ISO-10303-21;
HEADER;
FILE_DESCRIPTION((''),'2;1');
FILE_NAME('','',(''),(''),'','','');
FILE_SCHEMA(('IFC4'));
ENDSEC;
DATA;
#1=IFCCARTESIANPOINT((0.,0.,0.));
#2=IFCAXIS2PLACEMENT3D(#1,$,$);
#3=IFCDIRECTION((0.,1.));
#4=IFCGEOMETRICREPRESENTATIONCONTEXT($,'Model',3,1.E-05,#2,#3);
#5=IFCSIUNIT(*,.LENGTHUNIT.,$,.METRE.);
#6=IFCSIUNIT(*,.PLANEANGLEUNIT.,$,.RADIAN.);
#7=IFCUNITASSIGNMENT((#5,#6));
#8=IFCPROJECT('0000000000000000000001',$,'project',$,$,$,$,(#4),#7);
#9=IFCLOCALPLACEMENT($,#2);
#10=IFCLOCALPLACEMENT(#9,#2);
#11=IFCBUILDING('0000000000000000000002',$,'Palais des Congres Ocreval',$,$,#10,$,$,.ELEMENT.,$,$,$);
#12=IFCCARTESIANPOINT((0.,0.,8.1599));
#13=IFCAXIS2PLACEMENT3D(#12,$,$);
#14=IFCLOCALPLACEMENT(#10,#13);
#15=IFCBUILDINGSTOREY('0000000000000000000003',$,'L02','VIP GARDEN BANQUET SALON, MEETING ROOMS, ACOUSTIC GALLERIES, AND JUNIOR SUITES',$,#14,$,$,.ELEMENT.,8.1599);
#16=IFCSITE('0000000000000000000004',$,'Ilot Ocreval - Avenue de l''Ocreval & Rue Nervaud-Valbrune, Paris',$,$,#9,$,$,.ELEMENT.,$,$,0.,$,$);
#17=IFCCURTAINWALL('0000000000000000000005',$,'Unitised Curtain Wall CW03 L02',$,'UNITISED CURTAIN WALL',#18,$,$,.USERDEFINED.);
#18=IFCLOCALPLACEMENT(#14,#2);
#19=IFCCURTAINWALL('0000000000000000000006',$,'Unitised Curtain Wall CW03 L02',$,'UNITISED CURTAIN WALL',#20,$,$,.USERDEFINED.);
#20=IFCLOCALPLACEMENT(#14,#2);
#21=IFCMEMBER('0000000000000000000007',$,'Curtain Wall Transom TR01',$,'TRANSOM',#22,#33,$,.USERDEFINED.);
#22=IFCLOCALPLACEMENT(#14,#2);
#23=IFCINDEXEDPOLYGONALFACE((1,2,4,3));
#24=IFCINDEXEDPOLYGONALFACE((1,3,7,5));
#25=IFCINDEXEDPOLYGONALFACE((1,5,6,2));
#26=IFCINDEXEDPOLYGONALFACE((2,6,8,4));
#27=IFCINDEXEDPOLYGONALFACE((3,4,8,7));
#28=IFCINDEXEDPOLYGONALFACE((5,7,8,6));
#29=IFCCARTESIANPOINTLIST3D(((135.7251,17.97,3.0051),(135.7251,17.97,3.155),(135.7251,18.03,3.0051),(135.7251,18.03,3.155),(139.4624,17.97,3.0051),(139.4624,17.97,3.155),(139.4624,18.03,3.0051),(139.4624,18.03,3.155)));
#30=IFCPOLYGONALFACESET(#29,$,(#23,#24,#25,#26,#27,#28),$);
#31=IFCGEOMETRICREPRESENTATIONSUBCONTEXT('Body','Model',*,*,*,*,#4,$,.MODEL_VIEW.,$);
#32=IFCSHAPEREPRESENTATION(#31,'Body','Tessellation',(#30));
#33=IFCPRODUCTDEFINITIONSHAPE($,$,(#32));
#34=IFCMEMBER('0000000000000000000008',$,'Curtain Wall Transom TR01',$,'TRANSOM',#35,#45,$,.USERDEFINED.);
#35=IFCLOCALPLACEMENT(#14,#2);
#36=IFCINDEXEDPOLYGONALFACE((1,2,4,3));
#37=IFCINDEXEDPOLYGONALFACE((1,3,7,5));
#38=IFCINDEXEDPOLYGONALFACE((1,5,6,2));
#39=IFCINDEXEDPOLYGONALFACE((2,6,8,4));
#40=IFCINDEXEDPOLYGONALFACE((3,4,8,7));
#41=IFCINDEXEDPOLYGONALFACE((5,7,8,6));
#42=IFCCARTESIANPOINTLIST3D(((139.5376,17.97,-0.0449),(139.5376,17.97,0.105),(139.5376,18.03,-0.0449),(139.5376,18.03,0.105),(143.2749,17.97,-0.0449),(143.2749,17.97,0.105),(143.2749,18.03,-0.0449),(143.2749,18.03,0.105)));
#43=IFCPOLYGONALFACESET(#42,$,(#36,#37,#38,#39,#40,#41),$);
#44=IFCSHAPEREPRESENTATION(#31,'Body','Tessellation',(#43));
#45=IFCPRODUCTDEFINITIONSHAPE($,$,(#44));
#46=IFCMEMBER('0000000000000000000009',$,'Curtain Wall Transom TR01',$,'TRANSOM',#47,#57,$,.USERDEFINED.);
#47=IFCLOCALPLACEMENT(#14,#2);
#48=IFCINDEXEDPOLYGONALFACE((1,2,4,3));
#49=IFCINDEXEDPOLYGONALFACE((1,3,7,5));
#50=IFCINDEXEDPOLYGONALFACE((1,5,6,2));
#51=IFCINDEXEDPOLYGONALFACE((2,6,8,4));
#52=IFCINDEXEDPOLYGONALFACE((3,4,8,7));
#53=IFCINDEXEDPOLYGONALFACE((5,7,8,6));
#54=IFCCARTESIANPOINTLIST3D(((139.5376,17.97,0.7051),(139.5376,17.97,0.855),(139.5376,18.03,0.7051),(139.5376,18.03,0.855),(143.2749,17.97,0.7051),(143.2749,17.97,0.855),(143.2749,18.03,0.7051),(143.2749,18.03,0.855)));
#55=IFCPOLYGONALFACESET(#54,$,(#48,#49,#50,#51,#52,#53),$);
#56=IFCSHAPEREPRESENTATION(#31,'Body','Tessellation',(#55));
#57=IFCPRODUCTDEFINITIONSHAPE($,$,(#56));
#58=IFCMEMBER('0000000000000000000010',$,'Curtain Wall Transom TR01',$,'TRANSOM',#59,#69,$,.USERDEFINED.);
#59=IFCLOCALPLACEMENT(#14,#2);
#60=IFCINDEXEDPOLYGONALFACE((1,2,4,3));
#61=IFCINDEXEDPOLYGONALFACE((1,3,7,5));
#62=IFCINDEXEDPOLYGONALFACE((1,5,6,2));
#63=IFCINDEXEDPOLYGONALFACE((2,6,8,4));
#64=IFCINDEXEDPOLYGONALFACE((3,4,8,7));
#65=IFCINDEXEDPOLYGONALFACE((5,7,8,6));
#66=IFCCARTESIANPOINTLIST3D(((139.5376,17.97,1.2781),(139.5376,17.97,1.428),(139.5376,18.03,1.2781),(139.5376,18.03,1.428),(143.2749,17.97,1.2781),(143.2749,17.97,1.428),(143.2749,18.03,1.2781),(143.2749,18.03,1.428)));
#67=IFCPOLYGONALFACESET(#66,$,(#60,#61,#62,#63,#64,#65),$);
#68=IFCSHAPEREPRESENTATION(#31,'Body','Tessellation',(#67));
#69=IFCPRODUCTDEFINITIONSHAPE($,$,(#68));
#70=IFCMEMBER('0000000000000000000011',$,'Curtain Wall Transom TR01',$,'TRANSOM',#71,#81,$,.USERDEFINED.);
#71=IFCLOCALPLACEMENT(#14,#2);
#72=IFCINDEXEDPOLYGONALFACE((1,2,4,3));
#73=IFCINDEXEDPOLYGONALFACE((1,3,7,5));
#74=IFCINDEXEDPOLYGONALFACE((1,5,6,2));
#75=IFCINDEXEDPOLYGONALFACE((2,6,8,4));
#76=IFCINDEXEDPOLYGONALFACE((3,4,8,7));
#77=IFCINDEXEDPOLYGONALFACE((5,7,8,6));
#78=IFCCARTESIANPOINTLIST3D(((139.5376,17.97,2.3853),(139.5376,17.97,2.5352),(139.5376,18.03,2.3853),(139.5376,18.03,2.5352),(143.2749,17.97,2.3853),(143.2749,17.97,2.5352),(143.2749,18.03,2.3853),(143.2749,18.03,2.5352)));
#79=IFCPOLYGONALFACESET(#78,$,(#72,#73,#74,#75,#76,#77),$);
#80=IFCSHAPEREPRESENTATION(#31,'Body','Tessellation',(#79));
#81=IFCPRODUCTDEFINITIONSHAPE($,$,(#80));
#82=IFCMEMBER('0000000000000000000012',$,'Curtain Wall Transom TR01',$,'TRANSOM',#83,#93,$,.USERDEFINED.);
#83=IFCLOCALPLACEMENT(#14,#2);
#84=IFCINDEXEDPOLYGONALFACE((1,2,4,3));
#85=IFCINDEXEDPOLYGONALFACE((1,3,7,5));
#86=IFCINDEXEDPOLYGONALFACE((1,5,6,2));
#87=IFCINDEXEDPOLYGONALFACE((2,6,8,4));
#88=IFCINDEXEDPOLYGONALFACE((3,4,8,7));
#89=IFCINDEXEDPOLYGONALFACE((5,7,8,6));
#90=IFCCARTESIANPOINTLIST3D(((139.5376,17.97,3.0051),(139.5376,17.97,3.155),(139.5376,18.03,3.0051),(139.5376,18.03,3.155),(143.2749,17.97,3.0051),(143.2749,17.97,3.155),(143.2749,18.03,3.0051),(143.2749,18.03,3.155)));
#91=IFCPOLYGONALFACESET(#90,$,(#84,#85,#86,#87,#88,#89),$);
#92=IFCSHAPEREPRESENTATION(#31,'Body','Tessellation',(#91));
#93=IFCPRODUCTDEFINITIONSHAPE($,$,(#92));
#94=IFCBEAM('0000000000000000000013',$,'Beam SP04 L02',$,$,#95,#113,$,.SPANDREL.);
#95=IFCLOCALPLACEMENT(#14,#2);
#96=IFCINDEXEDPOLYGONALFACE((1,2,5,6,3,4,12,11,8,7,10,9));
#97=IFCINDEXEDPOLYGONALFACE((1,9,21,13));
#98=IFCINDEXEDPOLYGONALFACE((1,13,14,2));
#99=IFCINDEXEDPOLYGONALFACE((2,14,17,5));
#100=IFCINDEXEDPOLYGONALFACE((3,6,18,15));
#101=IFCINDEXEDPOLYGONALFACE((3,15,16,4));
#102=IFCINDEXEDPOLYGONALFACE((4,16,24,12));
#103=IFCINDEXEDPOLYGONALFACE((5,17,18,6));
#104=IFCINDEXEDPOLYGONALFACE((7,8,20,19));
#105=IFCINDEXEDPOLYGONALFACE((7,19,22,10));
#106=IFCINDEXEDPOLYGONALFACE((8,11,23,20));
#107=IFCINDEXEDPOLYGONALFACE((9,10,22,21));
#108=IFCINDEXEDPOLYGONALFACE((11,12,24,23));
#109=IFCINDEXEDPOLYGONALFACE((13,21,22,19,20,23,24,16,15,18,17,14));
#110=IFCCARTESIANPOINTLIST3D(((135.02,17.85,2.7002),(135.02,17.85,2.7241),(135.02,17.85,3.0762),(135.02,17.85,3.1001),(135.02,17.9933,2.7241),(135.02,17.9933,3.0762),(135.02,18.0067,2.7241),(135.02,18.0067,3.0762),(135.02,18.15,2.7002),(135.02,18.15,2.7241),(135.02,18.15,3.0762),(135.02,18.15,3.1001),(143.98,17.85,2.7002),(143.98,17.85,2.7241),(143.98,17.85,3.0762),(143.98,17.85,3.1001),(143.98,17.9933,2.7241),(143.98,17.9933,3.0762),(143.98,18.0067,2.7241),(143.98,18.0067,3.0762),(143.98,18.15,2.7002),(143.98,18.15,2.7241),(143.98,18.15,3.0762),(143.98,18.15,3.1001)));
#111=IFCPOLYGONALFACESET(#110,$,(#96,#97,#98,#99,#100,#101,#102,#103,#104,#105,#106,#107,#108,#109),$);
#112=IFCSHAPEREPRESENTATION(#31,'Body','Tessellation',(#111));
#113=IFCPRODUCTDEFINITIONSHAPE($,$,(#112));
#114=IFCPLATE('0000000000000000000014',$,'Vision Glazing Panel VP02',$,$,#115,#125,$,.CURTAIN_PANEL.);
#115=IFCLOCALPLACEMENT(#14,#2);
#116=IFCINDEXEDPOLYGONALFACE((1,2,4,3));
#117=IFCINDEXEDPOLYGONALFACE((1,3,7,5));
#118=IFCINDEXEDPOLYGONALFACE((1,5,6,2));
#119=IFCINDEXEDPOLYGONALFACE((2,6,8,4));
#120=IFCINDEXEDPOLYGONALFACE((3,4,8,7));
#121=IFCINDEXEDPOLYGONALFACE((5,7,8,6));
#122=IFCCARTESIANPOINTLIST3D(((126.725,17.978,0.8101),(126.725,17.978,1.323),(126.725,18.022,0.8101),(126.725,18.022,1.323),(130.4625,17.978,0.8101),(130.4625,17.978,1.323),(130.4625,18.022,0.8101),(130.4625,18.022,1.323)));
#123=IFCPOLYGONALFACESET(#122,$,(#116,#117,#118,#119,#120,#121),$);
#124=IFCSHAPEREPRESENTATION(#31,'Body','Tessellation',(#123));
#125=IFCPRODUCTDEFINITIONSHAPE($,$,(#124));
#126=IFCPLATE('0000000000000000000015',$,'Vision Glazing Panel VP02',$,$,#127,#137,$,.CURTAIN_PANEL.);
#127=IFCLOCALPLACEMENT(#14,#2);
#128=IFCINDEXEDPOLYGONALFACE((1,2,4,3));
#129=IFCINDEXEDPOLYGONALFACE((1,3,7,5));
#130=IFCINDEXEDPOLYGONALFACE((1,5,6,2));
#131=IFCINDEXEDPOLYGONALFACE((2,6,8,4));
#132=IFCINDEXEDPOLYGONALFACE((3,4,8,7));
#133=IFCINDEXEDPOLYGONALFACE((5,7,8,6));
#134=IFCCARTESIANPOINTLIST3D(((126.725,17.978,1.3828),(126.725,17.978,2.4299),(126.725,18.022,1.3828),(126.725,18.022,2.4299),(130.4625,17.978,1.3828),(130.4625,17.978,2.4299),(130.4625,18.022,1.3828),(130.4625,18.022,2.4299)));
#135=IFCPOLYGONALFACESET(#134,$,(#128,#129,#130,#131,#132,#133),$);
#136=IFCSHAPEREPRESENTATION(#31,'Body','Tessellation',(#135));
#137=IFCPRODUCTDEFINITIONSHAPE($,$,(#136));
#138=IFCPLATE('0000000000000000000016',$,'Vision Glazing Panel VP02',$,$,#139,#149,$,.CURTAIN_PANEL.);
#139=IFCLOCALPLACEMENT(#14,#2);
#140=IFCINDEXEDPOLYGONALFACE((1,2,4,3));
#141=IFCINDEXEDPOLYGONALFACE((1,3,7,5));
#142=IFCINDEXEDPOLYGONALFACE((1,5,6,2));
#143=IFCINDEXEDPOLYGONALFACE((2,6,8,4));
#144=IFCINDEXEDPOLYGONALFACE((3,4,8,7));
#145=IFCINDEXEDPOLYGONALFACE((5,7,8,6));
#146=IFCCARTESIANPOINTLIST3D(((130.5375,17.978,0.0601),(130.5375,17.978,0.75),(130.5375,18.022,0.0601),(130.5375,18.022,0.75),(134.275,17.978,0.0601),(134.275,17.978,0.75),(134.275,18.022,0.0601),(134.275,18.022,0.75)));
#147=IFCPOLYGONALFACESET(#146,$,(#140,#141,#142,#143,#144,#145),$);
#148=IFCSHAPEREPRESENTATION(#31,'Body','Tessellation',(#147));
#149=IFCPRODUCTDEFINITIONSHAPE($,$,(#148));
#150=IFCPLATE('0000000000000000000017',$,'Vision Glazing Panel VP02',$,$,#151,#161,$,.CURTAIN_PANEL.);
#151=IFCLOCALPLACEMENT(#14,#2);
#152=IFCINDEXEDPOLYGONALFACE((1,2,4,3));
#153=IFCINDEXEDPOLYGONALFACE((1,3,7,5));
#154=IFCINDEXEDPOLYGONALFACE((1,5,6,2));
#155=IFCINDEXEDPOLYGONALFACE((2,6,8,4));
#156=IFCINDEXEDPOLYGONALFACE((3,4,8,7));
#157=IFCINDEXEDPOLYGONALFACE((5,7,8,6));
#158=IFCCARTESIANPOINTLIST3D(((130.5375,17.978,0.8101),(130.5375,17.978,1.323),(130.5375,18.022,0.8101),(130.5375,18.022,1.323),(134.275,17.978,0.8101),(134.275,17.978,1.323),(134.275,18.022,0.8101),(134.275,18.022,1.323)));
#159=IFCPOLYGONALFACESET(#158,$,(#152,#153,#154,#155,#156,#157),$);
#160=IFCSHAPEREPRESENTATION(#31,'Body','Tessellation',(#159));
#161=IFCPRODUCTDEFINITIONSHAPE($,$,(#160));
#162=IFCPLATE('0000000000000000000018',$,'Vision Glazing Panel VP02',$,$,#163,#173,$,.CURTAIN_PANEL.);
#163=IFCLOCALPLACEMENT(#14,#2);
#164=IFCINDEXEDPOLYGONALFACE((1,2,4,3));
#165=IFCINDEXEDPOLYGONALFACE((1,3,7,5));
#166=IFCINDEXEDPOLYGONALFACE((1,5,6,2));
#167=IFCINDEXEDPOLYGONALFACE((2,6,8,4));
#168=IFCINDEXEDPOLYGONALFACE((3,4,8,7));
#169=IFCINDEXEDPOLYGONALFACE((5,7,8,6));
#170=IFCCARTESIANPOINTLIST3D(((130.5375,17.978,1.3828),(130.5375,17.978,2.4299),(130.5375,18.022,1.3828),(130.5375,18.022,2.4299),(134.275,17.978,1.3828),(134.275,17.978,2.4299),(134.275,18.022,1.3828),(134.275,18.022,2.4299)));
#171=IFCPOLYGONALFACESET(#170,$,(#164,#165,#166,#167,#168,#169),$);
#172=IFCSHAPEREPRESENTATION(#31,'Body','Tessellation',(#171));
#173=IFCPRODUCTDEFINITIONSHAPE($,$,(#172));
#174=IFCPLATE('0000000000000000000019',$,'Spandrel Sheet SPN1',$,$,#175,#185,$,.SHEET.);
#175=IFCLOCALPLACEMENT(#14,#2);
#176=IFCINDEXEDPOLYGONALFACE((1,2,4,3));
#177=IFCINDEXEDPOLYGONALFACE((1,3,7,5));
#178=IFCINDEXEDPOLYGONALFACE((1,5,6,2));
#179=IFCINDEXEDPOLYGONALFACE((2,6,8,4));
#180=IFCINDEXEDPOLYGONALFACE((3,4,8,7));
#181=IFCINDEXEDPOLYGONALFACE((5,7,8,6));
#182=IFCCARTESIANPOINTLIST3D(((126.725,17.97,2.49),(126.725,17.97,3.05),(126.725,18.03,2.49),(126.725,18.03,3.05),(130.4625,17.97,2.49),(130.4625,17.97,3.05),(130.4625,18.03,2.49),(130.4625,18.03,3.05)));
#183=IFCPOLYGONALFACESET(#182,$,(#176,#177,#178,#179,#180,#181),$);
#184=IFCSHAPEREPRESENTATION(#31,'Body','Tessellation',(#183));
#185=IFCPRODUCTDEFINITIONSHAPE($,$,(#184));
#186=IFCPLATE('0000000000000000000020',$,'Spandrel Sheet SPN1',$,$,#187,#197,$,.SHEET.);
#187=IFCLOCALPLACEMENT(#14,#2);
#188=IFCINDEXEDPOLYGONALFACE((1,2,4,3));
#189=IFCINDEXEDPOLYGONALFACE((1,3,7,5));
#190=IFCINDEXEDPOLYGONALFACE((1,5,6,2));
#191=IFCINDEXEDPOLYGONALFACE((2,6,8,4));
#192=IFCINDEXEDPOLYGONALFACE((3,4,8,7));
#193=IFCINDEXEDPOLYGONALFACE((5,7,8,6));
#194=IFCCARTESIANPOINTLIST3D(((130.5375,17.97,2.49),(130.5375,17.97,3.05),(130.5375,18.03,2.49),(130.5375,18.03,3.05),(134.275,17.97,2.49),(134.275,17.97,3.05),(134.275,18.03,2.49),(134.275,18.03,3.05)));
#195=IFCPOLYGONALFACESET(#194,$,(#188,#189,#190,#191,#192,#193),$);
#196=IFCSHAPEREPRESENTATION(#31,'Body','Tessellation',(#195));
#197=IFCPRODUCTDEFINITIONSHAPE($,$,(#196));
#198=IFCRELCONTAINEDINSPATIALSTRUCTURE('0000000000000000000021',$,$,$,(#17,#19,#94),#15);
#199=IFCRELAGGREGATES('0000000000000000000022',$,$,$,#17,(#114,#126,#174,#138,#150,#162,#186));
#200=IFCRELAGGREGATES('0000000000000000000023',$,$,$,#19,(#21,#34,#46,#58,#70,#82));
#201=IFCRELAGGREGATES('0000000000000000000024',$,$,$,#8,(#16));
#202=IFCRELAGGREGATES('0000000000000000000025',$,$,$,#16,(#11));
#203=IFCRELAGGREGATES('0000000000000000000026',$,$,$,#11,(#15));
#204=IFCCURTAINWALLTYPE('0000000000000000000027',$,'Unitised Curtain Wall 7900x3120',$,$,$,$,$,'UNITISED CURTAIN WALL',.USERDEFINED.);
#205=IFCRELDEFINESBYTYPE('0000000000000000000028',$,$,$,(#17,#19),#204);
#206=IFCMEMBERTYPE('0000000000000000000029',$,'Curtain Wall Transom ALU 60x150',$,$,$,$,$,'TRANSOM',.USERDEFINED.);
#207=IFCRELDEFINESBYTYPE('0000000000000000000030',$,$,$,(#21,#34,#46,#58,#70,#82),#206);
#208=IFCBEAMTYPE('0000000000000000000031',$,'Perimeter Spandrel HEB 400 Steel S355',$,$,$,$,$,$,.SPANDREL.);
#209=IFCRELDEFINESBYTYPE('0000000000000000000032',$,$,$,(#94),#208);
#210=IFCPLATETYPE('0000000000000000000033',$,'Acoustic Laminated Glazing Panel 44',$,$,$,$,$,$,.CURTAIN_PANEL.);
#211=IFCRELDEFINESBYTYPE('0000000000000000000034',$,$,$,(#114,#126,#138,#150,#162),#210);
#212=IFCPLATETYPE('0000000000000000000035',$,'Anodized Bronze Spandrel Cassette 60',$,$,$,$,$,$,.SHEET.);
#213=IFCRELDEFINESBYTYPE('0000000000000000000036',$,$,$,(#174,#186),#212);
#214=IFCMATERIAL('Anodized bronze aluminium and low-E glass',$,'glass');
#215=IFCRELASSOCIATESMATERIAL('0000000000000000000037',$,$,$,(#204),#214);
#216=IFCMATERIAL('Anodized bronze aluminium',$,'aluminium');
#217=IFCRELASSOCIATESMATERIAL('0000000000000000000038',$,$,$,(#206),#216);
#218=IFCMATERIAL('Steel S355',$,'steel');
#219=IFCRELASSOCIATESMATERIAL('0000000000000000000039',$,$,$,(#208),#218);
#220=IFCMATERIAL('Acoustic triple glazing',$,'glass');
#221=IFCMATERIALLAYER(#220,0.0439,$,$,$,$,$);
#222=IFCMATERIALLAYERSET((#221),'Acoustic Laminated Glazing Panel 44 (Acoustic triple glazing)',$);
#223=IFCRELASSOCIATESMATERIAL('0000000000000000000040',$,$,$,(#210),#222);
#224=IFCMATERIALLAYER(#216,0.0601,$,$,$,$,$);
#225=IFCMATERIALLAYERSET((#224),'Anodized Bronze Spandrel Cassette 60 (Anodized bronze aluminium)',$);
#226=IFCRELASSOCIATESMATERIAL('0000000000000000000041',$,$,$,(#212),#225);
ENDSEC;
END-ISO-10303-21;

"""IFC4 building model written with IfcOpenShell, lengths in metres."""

from ifc_helpers import new_model, si_unit, direction, frame, origin, origin_2d, place, context, subcontext, project, spatial, rectangle, i_section, extrude, material, layer, layer_set, material_profile, profile_set, type_object, element, aggregate, save


model = new_model("IFC4")

# Units and contexts
model_context = context("Model", 3, precision=1e-05, world=origin(), true_north=direction((0.0, 1.0)))
body_context = subcontext(model_context, "Body", "Model", "MODEL_VIEW")
ifc_project = project(units=[si_unit("LENGTHUNIT", "METRE"), si_unit("PLANEANGLEUNIT", "RADIAN")], contexts=[model_context])

# Site, building, storey
site_placement = place(None, origin())
site = spatial("IfcSite", under=ifc_project, at=site_placement, Name="Ilot Ocreval - Avenue de l'Ocreval & Rue Nervaud-Valbrune, Paris", CompositionType="ELEMENT", RefElevation=0.0)
building_placement = place(site_placement, origin())
building = spatial("IfcBuilding", under=site, at=building_placement, Name="Palais des Congres Ocreval", CompositionType="ELEMENT")
storey_placement = place(building_placement, frame((0.0, 0.0, 8.1599)))
storey = spatial("IfcBuildingStorey", under=building, at=storey_placement, Name="L02", Description="VIP GARDEN BANQUET SALON, MEETING ROOMS, ACOUSTIC GALLERIES, AND JUNIOR SUITES", CompositionType="ELEMENT", Elevation=8.1599)

# Shared definitions
ifc_material_1 = material(Name="Steel S355", Category="steel")

# Curtain walls
ifc_material_2 = material(Name="Anodized bronze aluminium and low-E glass", Category="glass")
curtain_wall_type = type_object("IfcCurtainWallType", Name="Unitised Curtain Wall 7900x3120", ElementType="UNITISED CURTAIN WALL", PredefinedType="USERDEFINED", material=ifc_material_2)
curtain_wall_1_placement = place(storey_placement, origin())
curtain_wall_1 = element("IfcCurtainWall", 1, at=curtain_wall_1_placement, inside=storey, type_object=curtain_wall_type, Name="Unitised Curtain Wall CW03 L02", ObjectType="UNITISED CURTAIN WALL", PredefinedType="USERDEFINED")
ifc_material_3 = material(Name="Anodized bronze aluminium", Category="aluminium")
curtain_wall_2_placement = place(storey_placement, origin())
curtain_wall_2 = element("IfcCurtainWall", 2, at=curtain_wall_2_placement, inside=storey, type_object=curtain_wall_type, Name="Unitised Curtain Wall CW03 L02", ObjectType="UNITISED CURTAIN WALL", PredefinedType="USERDEFINED")

# Members
ifc_material_profile_1 = material_profile(ifc_material_3, rectangle(XDim=0.0601, YDim=0.1499, at=origin_2d()), Name="ALU 60x150")
ifc_profile_set_1 = profile_set([ifc_material_profile_1], Name="Anodized bronze aluminium")
member_type_1 = type_object("IfcMemberType", Name="Curtain Wall Transom ALU 60x150", ElementType="TRANSOM", PredefinedType="USERDEFINED", material=ifc_profile_set_1)
member_1_placement = place(storey_placement, frame((135.7251, 18.0, 3.0801), z_axis=(1.0, 0.0, 0.0), x_axis=(0.0, 1.0, 0.0)))
member_1 = element("IfcMember", 3, at=member_1_placement, type_object=member_type_1, Name="Curtain Wall Transom TR01", ObjectType="TRANSOM", PredefinedType="USERDEFINED", context=body_context, shape_type="SweptSolid", body=[
    extrude(rectangle(XDim=0.0601, YDim=0.1499, at=origin_2d()), origin(), (0.0, 0.0, 1.0), 3.7373),
])
member_2_placement = place(storey_placement, frame((139.5376, 18.0, 0.03), z_axis=(1.0, 0.0, 0.0), x_axis=(0.0, 1.0, 0.0)))
member_2 = element("IfcMember", 4, at=member_2_placement, type_object=member_type_1, Name="Curtain Wall Transom TR01", ObjectType="TRANSOM", PredefinedType="USERDEFINED", context=body_context, shape_type="SweptSolid", body=[
    extrude(rectangle(XDim=0.0601, YDim=0.1499, at=origin_2d()), origin(), (0.0, 0.0, 1.0), 3.7373),
])
member_3_placement = place(storey_placement, frame((139.5376, 18.0, 0.78), z_axis=(1.0, 0.0, 0.0), x_axis=(0.0, 1.0, 0.0)))
member_3 = element("IfcMember", 5, at=member_3_placement, type_object=member_type_1, Name="Curtain Wall Transom TR01", ObjectType="TRANSOM", PredefinedType="USERDEFINED", context=body_context, shape_type="SweptSolid", body=[
    extrude(rectangle(XDim=0.0601, YDim=0.1499, at=origin_2d()), origin(), (0.0, 0.0, 1.0), 3.7373),
])
member_4_placement = place(storey_placement, frame((139.5376, 18.0, 1.353), z_axis=(1.0, 0.0, 0.0), x_axis=(0.0, 1.0, 0.0)))
member_4 = element("IfcMember", 6, at=member_4_placement, type_object=member_type_1, Name="Curtain Wall Transom TR01", ObjectType="TRANSOM", PredefinedType="USERDEFINED", context=body_context, shape_type="SweptSolid", body=[
    extrude(rectangle(XDim=0.0601, YDim=0.1499, at=origin_2d()), origin(), (0.0, 0.0, 1.0), 3.7373),
])
member_5_placement = place(storey_placement, frame((139.5376, 18.0, 2.4602), z_axis=(1.0, 0.0, 0.0), x_axis=(0.0, 1.0, 0.0)))
member_5 = element("IfcMember", 7, at=member_5_placement, type_object=member_type_1, Name="Curtain Wall Transom TR01", ObjectType="TRANSOM", PredefinedType="USERDEFINED", context=body_context, shape_type="SweptSolid", body=[
    extrude(rectangle(XDim=0.0601, YDim=0.1499, at=origin_2d()), origin(), (0.0, 0.0, 1.0), 3.7373),
])
member_6_placement = place(storey_placement, frame((139.5376, 18.0, 3.0801), z_axis=(1.0, 0.0, 0.0), x_axis=(0.0, 1.0, 0.0)))
member_6 = element("IfcMember", 8, at=member_6_placement, type_object=member_type_1, Name="Curtain Wall Transom TR01", ObjectType="TRANSOM", PredefinedType="USERDEFINED", context=body_context, shape_type="SweptSolid", body=[
    extrude(rectangle(XDim=0.0601, YDim=0.1499, at=origin_2d()), origin(), (0.0, 0.0, 1.0), 3.7373),
])

# Beam
ifc_material_profile_2 = material_profile(ifc_material_1, i_section(OverallWidth=0.3, OverallDepth=0.3999, WebThickness=0.0134, FlangeThickness=0.0239, at=origin_2d()), Name="HEB 400")
ifc_profile_set_2 = profile_set([ifc_material_profile_2], Name="Steel S355")
beam_type = type_object("IfcBeamType", Name="Perimeter Spandrel HEB 400 Steel S355", PredefinedType="SPANDREL", material=ifc_profile_set_2)
beam_placement = place(storey_placement, frame((135.02, 18.0, 2.9001), z_axis=(1.0, 0.0, 0.0), x_axis=(0.0, 1.0, 0.0)))
element("IfcBeam", 9, at=beam_placement, inside=storey, type_object=beam_type, Name="Beam SP04 L02", PredefinedType="SPANDREL", context=body_context, shape_type="SweptSolid", body=[
    extrude(i_section(OverallWidth=0.3, OverallDepth=0.3999, WebThickness=0.0134, FlangeThickness=0.0239, at=origin_2d()), origin(), (0.0, 0.0, 1.0), 8.96),
])

# Plates
ifc_material_4 = material(Name="Acoustic triple glazing", Category="glass")
ifc_layer_1 = layer(ifc_material_4, 0.0439)
ifc_layer_set_1 = layer_set([ifc_layer_1], Name="Acoustic Laminated Glazing Panel 44 (Acoustic triple glazing)")
plate_type_1 = type_object("IfcPlateType", Name="Acoustic Laminated Glazing Panel 44", PredefinedType="CURTAIN_PANEL", material=ifc_layer_set_1)
plate_1_placement = place(storey_placement, frame((128.5938, 18.0, 0.8101), z_axis=(0.0, 0.0, 1.0), x_axis=(1.0, 0.0, 0.0)))
plate_1 = element("IfcPlate", 10, at=plate_1_placement, type_object=plate_type_1, Name="Vision Glazing Panel VP02", PredefinedType="CURTAIN_PANEL", context=body_context, shape_type="SweptSolid", body=[
    extrude(rectangle(XDim=3.7375, YDim=0.0439, at=origin_2d()), origin(), (0.0, 0.0, 1.0), 0.5129),
])
plate_2_placement = place(storey_placement, frame((128.5938, 18.0, 1.3828), z_axis=(0.0, 0.0, 1.0), x_axis=(1.0, 0.0, 0.0)))
plate_2 = element("IfcPlate", 11, at=plate_2_placement, type_object=plate_type_1, Name="Vision Glazing Panel VP02", PredefinedType="CURTAIN_PANEL", context=body_context, shape_type="SweptSolid", body=[
    extrude(rectangle(XDim=3.7375, YDim=0.0439, at=origin_2d()), origin(), (0.0, 0.0, 1.0), 1.0471),
])
plate_3_placement = place(storey_placement, frame((132.4062, 18.0, 0.0601), z_axis=(0.0, 0.0, 1.0), x_axis=(1.0, 0.0, 0.0)))
plate_3 = element("IfcPlate", 12, at=plate_3_placement, type_object=plate_type_1, Name="Vision Glazing Panel VP02", PredefinedType="CURTAIN_PANEL", context=body_context, shape_type="SweptSolid", body=[
    extrude(rectangle(XDim=3.7375, YDim=0.0439, at=origin_2d()), origin(), (0.0, 0.0, 1.0), 0.6899),
])
plate_4_placement = place(storey_placement, frame((132.4062, 18.0, 0.8101), z_axis=(0.0, 0.0, 1.0), x_axis=(1.0, 0.0, 0.0)))
plate_4 = element("IfcPlate", 13, at=plate_4_placement, type_object=plate_type_1, Name="Vision Glazing Panel VP02", PredefinedType="CURTAIN_PANEL", context=body_context, shape_type="SweptSolid", body=[
    extrude(rectangle(XDim=3.7375, YDim=0.0439, at=origin_2d()), origin(), (0.0, 0.0, 1.0), 0.5129),
])
plate_5_placement = place(storey_placement, frame((132.4062, 18.0, 1.3828), z_axis=(0.0, 0.0, 1.0), x_axis=(1.0, 0.0, 0.0)))
plate_5 = element("IfcPlate", 14, at=plate_5_placement, type_object=plate_type_1, Name="Vision Glazing Panel VP02", PredefinedType="CURTAIN_PANEL", context=body_context, shape_type="SweptSolid", body=[
    extrude(rectangle(XDim=3.7375, YDim=0.0439, at=origin_2d()), origin(), (0.0, 0.0, 1.0), 1.0471),
])
ifc_layer_2 = layer(ifc_material_3, 0.0601)
ifc_layer_set_2 = layer_set([ifc_layer_2], Name="Anodized Bronze Spandrel Cassette 60 (Anodized bronze aluminium)")
plate_type_2 = type_object("IfcPlateType", Name="Anodized Bronze Spandrel Cassette 60", PredefinedType="SHEET", material=ifc_layer_set_2)
plate_6_placement = place(storey_placement, frame((128.5938, 18.0, 2.49), z_axis=(0.0, 0.0, 1.0), x_axis=(1.0, 0.0, 0.0)))
plate_6 = element("IfcPlate", 15, at=plate_6_placement, type_object=plate_type_2, Name="Spandrel Sheet SPN1", PredefinedType="SHEET", context=body_context, shape_type="SweptSolid", body=[
    extrude(rectangle(XDim=3.7375, YDim=0.0601, at=origin_2d()), origin(), (0.0, 0.0, 1.0), 0.5601),
])
plate_7_placement = place(storey_placement, frame((132.4062, 18.0, 2.49), z_axis=(0.0, 0.0, 1.0), x_axis=(1.0, 0.0, 0.0)))
plate_7 = element("IfcPlate", 16, at=plate_7_placement, type_object=plate_type_2, Name="Spandrel Sheet SPN1", PredefinedType="SHEET", context=body_context, shape_type="SweptSolid", body=[
    extrude(rectangle(XDim=3.7375, YDim=0.0601, at=origin_2d()), origin(), (0.0, 0.0, 1.0), 0.5601),
])
aggregate(curtain_wall_1, [plate_1, plate_2, plate_6, plate_3, plate_4, plate_5, plate_7])
aggregate(curtain_wall_2, [member_1, member_2, member_3, member_4, member_5, member_6])

save(model, "model.ifc")
